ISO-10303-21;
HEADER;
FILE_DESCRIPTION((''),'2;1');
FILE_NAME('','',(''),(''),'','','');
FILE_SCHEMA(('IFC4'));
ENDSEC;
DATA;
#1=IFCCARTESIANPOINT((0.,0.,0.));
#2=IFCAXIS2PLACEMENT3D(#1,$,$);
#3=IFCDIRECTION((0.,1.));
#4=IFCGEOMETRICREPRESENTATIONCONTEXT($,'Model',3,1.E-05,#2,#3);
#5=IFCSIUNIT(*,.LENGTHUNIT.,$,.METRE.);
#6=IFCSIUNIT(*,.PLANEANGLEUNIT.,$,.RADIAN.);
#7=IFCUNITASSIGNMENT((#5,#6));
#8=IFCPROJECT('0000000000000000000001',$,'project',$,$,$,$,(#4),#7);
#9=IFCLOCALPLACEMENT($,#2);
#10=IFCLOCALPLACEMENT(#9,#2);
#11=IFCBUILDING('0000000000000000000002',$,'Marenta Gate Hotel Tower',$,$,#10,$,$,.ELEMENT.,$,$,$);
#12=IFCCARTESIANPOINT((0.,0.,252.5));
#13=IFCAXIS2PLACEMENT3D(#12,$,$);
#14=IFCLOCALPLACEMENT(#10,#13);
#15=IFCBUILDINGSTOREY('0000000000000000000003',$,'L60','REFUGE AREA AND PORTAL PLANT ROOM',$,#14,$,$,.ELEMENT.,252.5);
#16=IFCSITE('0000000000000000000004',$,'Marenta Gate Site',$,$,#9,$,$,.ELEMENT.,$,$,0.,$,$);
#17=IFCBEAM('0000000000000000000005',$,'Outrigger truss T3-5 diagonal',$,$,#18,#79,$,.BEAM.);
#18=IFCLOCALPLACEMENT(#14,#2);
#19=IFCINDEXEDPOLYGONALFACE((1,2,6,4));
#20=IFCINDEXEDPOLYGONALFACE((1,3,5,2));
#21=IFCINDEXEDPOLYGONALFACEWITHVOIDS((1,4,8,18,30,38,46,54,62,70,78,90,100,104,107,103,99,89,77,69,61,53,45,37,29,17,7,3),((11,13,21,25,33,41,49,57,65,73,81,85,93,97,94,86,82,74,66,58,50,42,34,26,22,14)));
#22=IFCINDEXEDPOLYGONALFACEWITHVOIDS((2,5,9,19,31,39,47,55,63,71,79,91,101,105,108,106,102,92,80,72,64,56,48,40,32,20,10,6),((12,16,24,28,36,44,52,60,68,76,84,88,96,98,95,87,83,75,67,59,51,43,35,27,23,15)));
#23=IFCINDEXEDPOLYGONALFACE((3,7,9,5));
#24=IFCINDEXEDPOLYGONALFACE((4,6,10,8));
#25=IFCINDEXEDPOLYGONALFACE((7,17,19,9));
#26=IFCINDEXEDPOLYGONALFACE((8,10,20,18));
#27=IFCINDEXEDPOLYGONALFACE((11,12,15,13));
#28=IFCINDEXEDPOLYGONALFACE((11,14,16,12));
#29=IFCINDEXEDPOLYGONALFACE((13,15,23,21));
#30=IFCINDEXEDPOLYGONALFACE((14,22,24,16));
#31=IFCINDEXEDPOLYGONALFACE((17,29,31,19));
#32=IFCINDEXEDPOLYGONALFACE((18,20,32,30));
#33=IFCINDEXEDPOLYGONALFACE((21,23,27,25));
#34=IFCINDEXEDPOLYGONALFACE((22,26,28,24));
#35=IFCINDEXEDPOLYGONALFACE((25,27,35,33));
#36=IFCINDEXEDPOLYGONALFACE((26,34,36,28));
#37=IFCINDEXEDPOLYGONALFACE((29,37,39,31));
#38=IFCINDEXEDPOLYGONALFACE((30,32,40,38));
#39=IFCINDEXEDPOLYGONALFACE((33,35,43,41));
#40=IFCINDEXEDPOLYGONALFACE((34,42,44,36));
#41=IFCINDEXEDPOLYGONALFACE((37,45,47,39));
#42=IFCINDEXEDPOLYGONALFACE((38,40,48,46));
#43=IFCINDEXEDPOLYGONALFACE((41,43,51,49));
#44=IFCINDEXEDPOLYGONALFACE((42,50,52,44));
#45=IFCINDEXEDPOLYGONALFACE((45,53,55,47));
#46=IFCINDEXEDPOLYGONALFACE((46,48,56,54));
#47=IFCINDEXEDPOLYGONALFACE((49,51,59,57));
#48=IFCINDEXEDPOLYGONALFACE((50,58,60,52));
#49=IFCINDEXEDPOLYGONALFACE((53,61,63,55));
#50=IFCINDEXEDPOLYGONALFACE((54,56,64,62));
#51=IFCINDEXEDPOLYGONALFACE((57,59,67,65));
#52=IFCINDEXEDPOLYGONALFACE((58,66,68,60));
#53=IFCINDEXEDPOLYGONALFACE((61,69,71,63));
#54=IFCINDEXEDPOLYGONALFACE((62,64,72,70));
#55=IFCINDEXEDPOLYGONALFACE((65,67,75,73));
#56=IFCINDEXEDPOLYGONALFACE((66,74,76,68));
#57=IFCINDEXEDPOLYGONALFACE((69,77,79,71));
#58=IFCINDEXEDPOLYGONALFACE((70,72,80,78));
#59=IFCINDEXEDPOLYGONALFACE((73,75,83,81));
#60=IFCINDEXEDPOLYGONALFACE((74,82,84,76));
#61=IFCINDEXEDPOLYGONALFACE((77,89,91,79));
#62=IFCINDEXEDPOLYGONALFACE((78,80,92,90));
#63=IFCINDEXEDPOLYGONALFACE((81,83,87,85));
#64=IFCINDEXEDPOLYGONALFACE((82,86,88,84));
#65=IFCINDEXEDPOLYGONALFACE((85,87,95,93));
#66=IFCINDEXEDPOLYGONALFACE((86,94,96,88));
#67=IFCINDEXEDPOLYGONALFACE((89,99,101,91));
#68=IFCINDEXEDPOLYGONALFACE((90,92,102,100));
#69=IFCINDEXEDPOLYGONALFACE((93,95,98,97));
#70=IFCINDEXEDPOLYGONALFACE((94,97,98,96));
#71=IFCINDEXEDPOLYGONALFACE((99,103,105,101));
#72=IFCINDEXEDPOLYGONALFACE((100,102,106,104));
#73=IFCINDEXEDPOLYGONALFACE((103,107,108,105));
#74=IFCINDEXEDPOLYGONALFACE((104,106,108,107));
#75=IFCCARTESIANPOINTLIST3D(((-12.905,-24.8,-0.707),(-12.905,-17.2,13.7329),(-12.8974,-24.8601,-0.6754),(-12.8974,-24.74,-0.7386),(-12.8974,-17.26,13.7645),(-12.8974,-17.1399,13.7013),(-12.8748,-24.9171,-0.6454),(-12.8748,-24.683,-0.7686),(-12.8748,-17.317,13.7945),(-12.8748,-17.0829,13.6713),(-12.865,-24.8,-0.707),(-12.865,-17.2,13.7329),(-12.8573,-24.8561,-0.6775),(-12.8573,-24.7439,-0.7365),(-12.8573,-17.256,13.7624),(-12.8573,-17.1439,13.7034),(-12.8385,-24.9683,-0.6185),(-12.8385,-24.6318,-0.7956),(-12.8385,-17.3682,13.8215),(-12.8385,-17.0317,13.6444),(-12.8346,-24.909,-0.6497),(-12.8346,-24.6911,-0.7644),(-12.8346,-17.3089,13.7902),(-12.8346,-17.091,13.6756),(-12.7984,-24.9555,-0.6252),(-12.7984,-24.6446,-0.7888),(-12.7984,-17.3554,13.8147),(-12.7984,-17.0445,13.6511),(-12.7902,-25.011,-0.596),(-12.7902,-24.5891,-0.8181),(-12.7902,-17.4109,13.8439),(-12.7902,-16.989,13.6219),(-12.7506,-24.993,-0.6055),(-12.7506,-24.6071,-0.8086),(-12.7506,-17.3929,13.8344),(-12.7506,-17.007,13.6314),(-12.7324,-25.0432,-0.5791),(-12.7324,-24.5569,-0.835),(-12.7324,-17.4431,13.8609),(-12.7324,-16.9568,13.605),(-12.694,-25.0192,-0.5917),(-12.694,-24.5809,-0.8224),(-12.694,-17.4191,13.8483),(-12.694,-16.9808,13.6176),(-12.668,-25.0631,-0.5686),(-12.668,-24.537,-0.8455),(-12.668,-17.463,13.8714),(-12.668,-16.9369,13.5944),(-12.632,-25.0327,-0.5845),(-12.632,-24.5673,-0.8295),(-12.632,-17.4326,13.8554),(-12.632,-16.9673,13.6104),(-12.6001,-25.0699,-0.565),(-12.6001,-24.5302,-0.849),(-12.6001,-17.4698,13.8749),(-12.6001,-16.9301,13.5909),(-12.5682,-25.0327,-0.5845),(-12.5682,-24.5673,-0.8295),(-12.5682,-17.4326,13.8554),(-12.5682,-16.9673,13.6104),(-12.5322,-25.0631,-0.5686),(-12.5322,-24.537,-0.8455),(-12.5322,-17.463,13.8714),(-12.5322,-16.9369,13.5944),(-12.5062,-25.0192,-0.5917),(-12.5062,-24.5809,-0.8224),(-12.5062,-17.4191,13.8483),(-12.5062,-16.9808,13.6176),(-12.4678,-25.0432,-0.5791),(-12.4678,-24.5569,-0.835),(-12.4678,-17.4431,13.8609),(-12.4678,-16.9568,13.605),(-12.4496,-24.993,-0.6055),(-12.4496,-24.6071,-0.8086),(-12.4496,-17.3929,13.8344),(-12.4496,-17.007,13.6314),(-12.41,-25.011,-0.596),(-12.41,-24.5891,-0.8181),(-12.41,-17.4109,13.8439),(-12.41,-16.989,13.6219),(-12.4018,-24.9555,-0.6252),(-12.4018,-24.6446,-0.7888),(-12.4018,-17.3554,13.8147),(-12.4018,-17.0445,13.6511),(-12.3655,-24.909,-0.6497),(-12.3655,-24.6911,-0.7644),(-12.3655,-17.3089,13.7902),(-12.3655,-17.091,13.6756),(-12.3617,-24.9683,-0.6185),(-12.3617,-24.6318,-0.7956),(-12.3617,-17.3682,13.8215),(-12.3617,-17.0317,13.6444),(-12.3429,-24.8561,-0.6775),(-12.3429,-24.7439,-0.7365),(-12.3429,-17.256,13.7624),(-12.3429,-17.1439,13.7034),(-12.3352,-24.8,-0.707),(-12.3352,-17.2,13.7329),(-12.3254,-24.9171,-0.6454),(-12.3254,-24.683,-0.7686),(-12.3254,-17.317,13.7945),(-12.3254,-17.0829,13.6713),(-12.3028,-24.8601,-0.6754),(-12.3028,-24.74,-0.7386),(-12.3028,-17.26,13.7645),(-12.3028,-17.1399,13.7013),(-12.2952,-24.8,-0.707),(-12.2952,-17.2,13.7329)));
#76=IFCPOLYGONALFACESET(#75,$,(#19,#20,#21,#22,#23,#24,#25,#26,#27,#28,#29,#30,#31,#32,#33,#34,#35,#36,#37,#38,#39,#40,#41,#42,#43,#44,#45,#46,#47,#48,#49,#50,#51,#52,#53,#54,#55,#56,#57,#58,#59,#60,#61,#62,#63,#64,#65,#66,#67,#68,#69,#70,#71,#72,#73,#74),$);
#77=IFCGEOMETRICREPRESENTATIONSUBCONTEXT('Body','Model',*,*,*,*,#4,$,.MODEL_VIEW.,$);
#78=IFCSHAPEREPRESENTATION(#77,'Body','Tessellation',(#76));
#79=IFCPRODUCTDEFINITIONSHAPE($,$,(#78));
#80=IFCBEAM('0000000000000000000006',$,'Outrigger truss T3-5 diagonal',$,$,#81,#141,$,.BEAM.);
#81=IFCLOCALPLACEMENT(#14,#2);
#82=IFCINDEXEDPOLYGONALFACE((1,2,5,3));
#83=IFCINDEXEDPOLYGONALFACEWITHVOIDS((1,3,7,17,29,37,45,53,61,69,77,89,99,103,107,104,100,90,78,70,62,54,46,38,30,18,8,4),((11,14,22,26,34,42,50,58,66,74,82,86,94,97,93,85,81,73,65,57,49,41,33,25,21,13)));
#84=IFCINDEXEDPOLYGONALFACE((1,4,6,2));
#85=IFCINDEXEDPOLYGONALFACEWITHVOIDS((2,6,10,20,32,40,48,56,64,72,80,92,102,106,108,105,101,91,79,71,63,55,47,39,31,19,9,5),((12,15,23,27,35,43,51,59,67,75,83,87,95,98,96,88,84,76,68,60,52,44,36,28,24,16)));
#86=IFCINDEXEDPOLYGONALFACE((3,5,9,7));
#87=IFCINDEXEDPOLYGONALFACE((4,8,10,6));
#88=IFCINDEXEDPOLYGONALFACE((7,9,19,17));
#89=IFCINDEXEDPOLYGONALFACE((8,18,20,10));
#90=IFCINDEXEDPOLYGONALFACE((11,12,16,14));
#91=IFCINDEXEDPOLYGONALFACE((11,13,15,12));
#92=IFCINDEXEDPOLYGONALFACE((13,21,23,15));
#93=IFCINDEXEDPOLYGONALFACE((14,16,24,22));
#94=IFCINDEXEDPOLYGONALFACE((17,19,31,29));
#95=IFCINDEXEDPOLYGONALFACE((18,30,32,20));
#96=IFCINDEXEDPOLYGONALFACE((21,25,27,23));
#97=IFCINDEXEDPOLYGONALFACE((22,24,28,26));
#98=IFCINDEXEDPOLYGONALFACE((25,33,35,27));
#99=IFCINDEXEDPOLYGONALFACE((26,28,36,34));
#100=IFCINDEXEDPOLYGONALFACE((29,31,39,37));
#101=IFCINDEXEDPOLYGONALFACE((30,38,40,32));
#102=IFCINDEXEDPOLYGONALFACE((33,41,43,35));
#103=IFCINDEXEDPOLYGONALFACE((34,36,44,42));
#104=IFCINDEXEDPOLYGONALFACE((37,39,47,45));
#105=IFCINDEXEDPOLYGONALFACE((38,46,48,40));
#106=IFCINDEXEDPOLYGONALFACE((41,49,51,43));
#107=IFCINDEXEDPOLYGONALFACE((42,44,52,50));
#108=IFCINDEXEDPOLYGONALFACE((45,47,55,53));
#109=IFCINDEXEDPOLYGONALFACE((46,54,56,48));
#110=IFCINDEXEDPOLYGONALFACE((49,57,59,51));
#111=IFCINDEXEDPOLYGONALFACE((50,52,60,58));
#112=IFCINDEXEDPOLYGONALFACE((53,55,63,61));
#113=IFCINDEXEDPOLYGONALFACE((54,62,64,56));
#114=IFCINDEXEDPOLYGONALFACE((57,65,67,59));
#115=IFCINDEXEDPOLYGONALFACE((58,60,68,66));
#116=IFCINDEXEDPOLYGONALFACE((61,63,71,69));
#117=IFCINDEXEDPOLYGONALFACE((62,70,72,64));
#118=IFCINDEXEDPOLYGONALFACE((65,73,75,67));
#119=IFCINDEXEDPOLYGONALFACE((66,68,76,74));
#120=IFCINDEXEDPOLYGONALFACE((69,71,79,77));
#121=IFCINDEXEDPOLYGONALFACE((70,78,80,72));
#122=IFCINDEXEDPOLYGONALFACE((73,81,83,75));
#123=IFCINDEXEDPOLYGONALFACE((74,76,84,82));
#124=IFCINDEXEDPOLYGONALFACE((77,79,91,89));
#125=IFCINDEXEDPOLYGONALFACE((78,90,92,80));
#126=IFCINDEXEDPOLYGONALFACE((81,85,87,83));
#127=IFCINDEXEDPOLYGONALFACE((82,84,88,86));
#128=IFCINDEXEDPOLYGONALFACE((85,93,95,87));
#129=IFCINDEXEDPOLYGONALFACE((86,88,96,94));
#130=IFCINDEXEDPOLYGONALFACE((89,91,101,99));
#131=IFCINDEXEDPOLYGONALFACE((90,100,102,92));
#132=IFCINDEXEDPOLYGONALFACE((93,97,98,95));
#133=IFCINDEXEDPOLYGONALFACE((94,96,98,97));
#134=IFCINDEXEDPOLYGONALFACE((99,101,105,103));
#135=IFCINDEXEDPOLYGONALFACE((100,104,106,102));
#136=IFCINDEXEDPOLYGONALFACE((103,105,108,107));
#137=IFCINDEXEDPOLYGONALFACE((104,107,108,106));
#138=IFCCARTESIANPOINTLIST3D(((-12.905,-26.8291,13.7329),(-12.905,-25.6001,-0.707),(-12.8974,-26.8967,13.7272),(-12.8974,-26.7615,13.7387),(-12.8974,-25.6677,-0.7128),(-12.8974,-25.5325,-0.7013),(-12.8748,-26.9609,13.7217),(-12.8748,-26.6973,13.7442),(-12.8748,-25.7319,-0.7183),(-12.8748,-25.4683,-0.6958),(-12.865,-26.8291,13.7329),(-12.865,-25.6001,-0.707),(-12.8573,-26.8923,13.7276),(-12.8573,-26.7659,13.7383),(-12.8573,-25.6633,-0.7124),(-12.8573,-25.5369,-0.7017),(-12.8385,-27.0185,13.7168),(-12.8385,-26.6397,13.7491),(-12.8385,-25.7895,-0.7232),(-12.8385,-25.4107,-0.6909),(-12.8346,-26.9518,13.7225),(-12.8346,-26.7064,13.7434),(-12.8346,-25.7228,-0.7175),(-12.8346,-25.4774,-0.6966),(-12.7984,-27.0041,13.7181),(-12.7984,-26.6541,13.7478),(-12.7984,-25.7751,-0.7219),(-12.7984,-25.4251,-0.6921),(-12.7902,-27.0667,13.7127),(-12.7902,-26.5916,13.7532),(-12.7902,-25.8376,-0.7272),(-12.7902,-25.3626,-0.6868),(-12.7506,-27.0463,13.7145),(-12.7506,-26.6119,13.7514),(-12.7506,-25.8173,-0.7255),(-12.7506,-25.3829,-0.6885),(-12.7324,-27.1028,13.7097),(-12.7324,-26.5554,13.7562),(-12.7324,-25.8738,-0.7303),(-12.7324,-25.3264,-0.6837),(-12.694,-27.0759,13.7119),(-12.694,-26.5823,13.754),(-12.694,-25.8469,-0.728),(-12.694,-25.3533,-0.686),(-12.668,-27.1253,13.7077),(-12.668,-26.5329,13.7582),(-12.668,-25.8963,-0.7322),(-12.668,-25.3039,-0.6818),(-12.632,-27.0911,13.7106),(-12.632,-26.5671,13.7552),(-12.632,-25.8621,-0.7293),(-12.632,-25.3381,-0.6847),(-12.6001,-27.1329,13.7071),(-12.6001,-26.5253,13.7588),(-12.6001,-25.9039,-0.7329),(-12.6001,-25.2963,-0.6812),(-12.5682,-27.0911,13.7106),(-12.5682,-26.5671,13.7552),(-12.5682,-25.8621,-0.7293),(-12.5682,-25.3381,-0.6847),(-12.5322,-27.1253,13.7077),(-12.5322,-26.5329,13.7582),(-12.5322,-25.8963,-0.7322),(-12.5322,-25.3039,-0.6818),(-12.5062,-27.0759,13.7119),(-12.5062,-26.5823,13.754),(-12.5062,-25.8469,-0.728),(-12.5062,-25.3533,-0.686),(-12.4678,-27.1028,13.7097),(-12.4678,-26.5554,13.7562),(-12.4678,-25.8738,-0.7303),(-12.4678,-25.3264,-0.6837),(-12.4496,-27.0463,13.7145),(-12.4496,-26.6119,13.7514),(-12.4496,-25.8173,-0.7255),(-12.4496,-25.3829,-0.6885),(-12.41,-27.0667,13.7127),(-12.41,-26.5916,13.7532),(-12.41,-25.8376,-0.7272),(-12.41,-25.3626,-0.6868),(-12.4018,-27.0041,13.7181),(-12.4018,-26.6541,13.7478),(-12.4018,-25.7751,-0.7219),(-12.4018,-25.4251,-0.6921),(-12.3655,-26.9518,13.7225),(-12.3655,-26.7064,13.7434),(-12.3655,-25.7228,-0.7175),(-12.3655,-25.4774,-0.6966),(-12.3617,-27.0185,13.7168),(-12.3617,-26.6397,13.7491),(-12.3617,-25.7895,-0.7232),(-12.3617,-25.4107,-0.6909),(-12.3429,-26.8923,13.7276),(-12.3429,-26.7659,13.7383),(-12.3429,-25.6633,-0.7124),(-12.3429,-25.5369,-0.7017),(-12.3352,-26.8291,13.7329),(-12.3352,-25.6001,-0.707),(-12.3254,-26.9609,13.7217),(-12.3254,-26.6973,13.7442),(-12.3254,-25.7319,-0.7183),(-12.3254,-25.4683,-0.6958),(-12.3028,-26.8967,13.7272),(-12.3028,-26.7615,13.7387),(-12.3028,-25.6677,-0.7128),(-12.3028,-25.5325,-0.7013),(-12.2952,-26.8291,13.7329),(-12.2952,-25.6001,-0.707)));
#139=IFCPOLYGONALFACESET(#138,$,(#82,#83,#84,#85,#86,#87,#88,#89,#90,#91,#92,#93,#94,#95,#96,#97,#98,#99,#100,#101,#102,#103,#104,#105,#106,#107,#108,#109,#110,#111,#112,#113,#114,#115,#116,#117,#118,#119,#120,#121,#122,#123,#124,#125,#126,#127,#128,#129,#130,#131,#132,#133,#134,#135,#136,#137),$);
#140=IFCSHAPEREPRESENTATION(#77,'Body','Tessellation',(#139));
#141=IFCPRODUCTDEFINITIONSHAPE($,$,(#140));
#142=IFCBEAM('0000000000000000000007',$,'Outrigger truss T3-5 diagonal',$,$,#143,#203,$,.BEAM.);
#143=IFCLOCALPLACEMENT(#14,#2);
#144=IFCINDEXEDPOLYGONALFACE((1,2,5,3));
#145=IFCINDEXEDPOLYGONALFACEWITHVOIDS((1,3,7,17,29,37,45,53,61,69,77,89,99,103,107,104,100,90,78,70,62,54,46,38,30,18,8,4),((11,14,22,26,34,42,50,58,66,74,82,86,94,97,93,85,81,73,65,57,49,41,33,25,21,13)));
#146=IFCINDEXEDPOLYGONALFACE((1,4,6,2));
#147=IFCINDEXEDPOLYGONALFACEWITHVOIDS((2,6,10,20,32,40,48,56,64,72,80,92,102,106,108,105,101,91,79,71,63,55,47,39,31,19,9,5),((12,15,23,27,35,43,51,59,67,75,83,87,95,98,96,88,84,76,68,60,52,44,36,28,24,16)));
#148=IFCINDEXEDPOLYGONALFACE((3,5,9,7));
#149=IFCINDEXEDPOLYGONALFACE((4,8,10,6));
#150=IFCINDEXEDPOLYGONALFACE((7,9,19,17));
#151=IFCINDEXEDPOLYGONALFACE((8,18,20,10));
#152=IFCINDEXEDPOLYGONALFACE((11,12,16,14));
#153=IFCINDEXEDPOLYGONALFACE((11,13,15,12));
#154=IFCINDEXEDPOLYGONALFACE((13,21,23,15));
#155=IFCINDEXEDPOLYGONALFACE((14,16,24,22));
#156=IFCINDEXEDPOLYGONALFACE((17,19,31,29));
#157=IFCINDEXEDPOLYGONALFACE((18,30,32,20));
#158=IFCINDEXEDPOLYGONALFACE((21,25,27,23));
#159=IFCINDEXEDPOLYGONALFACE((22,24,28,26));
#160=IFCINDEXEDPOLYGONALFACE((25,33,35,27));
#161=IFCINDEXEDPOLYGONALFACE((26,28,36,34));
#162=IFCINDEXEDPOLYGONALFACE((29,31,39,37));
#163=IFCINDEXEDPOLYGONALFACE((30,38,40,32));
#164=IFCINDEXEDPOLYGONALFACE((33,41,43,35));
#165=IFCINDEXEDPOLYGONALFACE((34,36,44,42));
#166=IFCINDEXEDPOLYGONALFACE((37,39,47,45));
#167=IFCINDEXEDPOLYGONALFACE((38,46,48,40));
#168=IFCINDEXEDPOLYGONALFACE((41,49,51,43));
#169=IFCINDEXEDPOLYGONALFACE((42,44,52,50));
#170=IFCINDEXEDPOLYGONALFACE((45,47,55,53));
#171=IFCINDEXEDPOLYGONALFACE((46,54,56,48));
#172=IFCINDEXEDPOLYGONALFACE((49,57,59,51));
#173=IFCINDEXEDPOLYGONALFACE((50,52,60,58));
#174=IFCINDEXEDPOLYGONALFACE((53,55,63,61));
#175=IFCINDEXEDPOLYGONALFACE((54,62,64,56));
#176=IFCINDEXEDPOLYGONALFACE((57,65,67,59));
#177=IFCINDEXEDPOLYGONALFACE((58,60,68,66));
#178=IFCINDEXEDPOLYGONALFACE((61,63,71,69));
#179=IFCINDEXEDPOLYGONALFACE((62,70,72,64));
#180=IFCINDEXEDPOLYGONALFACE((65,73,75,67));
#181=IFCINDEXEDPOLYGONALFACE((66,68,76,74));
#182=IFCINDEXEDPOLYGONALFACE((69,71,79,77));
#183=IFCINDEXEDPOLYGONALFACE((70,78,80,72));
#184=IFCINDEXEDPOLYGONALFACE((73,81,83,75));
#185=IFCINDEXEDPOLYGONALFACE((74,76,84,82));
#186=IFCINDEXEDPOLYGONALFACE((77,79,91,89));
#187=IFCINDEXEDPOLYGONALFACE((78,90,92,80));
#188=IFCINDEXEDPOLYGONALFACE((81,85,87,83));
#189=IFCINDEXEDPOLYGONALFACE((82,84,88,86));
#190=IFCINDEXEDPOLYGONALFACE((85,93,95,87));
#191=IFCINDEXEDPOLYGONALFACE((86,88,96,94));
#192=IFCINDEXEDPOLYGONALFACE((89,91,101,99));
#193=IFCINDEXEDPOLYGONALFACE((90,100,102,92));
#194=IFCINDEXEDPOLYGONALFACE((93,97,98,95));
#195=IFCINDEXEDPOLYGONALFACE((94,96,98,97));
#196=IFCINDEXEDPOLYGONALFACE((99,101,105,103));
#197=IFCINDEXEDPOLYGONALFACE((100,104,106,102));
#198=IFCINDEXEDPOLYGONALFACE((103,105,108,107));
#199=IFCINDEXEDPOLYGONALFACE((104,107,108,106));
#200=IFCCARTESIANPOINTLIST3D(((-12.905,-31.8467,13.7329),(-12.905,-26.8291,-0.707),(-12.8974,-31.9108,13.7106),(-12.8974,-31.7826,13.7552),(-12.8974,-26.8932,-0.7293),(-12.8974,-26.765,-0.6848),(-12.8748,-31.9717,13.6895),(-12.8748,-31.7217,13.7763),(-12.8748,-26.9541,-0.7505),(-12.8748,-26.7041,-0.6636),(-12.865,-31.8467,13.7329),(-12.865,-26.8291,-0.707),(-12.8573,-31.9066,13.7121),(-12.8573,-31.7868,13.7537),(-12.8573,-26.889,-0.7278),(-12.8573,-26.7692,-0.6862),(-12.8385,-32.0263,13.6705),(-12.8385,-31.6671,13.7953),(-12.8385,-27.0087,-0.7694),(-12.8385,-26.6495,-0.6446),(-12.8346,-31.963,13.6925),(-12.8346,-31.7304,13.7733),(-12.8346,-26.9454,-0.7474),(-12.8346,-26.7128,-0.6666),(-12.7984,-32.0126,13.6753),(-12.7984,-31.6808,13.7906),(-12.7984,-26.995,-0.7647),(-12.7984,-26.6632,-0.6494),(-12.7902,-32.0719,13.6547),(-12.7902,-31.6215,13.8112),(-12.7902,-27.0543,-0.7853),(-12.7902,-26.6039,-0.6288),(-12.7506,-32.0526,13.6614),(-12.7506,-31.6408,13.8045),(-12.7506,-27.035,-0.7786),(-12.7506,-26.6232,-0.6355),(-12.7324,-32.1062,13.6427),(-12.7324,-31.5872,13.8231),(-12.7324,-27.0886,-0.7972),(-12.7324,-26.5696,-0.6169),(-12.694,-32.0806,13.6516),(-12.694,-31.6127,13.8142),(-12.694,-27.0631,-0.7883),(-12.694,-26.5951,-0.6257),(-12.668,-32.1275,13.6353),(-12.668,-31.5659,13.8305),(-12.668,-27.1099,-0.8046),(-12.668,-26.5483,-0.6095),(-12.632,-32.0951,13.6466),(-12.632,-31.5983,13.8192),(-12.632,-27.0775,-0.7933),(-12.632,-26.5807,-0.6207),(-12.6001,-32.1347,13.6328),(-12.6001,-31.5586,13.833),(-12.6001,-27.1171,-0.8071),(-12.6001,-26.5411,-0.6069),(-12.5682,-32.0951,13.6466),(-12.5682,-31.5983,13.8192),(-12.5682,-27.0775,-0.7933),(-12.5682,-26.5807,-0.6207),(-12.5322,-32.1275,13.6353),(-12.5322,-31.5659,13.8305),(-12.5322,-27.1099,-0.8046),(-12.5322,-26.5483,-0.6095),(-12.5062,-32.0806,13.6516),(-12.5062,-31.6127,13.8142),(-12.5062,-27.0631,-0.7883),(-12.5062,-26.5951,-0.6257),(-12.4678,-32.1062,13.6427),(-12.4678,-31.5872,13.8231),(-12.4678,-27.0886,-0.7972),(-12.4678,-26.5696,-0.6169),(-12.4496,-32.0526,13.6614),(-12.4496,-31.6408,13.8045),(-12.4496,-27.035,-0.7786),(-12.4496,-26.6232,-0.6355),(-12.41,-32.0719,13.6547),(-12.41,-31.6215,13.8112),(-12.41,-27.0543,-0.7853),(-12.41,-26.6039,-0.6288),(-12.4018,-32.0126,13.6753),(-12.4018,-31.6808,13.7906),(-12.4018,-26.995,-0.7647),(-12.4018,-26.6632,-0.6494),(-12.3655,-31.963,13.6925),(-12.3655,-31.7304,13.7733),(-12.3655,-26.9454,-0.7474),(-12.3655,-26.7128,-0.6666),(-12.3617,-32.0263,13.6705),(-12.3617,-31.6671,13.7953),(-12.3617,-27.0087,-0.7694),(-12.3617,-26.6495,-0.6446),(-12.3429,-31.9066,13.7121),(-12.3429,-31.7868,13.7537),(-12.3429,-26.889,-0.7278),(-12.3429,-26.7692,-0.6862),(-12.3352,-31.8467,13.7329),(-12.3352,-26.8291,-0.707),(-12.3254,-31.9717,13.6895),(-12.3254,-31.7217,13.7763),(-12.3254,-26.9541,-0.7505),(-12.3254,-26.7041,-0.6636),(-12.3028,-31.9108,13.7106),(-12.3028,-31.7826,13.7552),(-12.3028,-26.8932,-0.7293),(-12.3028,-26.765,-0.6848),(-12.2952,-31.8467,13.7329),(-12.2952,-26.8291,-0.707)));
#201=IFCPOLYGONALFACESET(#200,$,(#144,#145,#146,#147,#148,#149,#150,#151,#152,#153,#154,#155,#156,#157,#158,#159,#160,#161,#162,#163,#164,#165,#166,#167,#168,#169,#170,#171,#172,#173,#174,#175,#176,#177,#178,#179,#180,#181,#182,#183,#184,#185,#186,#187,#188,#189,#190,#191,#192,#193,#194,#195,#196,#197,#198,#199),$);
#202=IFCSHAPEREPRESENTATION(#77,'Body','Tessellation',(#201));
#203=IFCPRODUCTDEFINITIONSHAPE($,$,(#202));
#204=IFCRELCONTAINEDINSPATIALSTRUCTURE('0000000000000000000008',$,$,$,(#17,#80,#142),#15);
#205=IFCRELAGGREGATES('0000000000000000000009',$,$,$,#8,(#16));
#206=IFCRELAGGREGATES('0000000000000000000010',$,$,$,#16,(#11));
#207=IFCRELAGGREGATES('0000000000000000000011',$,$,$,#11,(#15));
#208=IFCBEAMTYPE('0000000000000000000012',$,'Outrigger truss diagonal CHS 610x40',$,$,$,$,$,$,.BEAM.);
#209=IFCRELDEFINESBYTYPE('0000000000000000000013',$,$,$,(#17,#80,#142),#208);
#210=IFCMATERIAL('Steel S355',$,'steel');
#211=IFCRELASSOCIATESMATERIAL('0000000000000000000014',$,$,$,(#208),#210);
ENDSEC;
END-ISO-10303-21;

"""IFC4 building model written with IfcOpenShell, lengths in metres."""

from ifc_helpers import new_model, si_unit, direction, frame, origin, origin_2d, place, context, subcontext, project, spatial, hollow_circle, extrude, material, material_profile, profile_set, type_object, element, save


model = new_model("IFC4")

# Units and contexts
model_context = context("Model", 3, precision=1e-05, world=origin(), true_north=direction((0.0, 1.0)))
body_context = subcontext(model_context, "Body", "Model", "MODEL_VIEW")
ifc_project = project(units=[si_unit("LENGTHUNIT", "METRE"), si_unit("PLANEANGLEUNIT", "RADIAN")], contexts=[model_context])

# Site, building, storey
site_placement = place(None, origin())
site = spatial("IfcSite", under=ifc_project, at=site_placement, Name="Marenta Gate Site", CompositionType="ELEMENT", RefElevation=0.0)
building_placement = place(site_placement, origin())
building = spatial("IfcBuilding", under=site, at=building_placement, Name="Marenta Gate Hotel Tower", CompositionType="ELEMENT")
storey_placement = place(building_placement, frame((0.0, 0.0, 252.5)))
storey = spatial("IfcBuildingStorey", under=building, at=storey_placement, Name="L60", Description="REFUGE AREA AND PORTAL PLANT ROOM", CompositionType="ELEMENT", Elevation=252.5)

# Beams
ifc_material_1 = material(Name="Steel S355", Category="steel")
ifc_material_profile_1 = material_profile(ifc_material_1, hollow_circle(Radius=0.3049, WallThickness=0.04, at=origin_2d()), Name="CHS 610x40")
ifc_profile_set_1 = profile_set([ifc_material_profile_1], Name="Steel S355")
beam_type_1 = type_object("IfcBeamType", Name="Outrigger truss diagonal CHS 610x40", PredefinedType="BEAM", material=ifc_profile_set_1)
beam_1_placement = place(storey_placement, frame((-12.6001, -17.2, 13.7329), z_axis=(0.0, -0.465753, -0.884915), x_axis=(1.0, 0.0, 0.0)))
element("IfcBeam", 1, at=beam_1_placement, inside=storey, type_object=beam_type_1, Name="Outrigger truss T3-5 diagonal", PredefinedType="BEAM", context=body_context, shape_type="SweptSolid", body=[
    extrude(hollow_circle(Radius=0.3049, WallThickness=0.04, at=origin_2d()), origin(), (0.0, 0.0, 1.0), 16.3179),
])
beam_2_placement = place(storey_placement, frame((-12.6001, -25.6001, -0.707), z_axis=(0.0, -0.084805, 0.996398), x_axis=(1.0, 0.0, 0.0)))
element("IfcBeam", 2, at=beam_2_placement, inside=storey, type_object=beam_type_1, Name="Outrigger truss T3-5 diagonal", PredefinedType="BEAM", context=body_context, shape_type="SweptSolid", body=[
    extrude(hollow_circle(Radius=0.3049, WallThickness=0.04, at=origin_2d()), origin(), (0.0, 0.0, 1.0), 14.4922),
])
beam_3_placement = place(storey_placement, frame((-12.6001, -26.8291, -0.707), z_axis=(0.0, -0.328228, 0.944598), x_axis=(1.0, 0.0, 0.0)))
element("IfcBeam", 3, at=beam_3_placement, inside=storey, type_object=beam_type_1, Name="Outrigger truss T3-5 diagonal", PredefinedType="BEAM", context=body_context, shape_type="SweptSolid", body=[
    extrude(hollow_circle(Radius=0.3049, WallThickness=0.04, at=origin_2d()), origin(), (0.0, 0.0, 1.0), 15.2869),
])

save(model, "model.ifc")
